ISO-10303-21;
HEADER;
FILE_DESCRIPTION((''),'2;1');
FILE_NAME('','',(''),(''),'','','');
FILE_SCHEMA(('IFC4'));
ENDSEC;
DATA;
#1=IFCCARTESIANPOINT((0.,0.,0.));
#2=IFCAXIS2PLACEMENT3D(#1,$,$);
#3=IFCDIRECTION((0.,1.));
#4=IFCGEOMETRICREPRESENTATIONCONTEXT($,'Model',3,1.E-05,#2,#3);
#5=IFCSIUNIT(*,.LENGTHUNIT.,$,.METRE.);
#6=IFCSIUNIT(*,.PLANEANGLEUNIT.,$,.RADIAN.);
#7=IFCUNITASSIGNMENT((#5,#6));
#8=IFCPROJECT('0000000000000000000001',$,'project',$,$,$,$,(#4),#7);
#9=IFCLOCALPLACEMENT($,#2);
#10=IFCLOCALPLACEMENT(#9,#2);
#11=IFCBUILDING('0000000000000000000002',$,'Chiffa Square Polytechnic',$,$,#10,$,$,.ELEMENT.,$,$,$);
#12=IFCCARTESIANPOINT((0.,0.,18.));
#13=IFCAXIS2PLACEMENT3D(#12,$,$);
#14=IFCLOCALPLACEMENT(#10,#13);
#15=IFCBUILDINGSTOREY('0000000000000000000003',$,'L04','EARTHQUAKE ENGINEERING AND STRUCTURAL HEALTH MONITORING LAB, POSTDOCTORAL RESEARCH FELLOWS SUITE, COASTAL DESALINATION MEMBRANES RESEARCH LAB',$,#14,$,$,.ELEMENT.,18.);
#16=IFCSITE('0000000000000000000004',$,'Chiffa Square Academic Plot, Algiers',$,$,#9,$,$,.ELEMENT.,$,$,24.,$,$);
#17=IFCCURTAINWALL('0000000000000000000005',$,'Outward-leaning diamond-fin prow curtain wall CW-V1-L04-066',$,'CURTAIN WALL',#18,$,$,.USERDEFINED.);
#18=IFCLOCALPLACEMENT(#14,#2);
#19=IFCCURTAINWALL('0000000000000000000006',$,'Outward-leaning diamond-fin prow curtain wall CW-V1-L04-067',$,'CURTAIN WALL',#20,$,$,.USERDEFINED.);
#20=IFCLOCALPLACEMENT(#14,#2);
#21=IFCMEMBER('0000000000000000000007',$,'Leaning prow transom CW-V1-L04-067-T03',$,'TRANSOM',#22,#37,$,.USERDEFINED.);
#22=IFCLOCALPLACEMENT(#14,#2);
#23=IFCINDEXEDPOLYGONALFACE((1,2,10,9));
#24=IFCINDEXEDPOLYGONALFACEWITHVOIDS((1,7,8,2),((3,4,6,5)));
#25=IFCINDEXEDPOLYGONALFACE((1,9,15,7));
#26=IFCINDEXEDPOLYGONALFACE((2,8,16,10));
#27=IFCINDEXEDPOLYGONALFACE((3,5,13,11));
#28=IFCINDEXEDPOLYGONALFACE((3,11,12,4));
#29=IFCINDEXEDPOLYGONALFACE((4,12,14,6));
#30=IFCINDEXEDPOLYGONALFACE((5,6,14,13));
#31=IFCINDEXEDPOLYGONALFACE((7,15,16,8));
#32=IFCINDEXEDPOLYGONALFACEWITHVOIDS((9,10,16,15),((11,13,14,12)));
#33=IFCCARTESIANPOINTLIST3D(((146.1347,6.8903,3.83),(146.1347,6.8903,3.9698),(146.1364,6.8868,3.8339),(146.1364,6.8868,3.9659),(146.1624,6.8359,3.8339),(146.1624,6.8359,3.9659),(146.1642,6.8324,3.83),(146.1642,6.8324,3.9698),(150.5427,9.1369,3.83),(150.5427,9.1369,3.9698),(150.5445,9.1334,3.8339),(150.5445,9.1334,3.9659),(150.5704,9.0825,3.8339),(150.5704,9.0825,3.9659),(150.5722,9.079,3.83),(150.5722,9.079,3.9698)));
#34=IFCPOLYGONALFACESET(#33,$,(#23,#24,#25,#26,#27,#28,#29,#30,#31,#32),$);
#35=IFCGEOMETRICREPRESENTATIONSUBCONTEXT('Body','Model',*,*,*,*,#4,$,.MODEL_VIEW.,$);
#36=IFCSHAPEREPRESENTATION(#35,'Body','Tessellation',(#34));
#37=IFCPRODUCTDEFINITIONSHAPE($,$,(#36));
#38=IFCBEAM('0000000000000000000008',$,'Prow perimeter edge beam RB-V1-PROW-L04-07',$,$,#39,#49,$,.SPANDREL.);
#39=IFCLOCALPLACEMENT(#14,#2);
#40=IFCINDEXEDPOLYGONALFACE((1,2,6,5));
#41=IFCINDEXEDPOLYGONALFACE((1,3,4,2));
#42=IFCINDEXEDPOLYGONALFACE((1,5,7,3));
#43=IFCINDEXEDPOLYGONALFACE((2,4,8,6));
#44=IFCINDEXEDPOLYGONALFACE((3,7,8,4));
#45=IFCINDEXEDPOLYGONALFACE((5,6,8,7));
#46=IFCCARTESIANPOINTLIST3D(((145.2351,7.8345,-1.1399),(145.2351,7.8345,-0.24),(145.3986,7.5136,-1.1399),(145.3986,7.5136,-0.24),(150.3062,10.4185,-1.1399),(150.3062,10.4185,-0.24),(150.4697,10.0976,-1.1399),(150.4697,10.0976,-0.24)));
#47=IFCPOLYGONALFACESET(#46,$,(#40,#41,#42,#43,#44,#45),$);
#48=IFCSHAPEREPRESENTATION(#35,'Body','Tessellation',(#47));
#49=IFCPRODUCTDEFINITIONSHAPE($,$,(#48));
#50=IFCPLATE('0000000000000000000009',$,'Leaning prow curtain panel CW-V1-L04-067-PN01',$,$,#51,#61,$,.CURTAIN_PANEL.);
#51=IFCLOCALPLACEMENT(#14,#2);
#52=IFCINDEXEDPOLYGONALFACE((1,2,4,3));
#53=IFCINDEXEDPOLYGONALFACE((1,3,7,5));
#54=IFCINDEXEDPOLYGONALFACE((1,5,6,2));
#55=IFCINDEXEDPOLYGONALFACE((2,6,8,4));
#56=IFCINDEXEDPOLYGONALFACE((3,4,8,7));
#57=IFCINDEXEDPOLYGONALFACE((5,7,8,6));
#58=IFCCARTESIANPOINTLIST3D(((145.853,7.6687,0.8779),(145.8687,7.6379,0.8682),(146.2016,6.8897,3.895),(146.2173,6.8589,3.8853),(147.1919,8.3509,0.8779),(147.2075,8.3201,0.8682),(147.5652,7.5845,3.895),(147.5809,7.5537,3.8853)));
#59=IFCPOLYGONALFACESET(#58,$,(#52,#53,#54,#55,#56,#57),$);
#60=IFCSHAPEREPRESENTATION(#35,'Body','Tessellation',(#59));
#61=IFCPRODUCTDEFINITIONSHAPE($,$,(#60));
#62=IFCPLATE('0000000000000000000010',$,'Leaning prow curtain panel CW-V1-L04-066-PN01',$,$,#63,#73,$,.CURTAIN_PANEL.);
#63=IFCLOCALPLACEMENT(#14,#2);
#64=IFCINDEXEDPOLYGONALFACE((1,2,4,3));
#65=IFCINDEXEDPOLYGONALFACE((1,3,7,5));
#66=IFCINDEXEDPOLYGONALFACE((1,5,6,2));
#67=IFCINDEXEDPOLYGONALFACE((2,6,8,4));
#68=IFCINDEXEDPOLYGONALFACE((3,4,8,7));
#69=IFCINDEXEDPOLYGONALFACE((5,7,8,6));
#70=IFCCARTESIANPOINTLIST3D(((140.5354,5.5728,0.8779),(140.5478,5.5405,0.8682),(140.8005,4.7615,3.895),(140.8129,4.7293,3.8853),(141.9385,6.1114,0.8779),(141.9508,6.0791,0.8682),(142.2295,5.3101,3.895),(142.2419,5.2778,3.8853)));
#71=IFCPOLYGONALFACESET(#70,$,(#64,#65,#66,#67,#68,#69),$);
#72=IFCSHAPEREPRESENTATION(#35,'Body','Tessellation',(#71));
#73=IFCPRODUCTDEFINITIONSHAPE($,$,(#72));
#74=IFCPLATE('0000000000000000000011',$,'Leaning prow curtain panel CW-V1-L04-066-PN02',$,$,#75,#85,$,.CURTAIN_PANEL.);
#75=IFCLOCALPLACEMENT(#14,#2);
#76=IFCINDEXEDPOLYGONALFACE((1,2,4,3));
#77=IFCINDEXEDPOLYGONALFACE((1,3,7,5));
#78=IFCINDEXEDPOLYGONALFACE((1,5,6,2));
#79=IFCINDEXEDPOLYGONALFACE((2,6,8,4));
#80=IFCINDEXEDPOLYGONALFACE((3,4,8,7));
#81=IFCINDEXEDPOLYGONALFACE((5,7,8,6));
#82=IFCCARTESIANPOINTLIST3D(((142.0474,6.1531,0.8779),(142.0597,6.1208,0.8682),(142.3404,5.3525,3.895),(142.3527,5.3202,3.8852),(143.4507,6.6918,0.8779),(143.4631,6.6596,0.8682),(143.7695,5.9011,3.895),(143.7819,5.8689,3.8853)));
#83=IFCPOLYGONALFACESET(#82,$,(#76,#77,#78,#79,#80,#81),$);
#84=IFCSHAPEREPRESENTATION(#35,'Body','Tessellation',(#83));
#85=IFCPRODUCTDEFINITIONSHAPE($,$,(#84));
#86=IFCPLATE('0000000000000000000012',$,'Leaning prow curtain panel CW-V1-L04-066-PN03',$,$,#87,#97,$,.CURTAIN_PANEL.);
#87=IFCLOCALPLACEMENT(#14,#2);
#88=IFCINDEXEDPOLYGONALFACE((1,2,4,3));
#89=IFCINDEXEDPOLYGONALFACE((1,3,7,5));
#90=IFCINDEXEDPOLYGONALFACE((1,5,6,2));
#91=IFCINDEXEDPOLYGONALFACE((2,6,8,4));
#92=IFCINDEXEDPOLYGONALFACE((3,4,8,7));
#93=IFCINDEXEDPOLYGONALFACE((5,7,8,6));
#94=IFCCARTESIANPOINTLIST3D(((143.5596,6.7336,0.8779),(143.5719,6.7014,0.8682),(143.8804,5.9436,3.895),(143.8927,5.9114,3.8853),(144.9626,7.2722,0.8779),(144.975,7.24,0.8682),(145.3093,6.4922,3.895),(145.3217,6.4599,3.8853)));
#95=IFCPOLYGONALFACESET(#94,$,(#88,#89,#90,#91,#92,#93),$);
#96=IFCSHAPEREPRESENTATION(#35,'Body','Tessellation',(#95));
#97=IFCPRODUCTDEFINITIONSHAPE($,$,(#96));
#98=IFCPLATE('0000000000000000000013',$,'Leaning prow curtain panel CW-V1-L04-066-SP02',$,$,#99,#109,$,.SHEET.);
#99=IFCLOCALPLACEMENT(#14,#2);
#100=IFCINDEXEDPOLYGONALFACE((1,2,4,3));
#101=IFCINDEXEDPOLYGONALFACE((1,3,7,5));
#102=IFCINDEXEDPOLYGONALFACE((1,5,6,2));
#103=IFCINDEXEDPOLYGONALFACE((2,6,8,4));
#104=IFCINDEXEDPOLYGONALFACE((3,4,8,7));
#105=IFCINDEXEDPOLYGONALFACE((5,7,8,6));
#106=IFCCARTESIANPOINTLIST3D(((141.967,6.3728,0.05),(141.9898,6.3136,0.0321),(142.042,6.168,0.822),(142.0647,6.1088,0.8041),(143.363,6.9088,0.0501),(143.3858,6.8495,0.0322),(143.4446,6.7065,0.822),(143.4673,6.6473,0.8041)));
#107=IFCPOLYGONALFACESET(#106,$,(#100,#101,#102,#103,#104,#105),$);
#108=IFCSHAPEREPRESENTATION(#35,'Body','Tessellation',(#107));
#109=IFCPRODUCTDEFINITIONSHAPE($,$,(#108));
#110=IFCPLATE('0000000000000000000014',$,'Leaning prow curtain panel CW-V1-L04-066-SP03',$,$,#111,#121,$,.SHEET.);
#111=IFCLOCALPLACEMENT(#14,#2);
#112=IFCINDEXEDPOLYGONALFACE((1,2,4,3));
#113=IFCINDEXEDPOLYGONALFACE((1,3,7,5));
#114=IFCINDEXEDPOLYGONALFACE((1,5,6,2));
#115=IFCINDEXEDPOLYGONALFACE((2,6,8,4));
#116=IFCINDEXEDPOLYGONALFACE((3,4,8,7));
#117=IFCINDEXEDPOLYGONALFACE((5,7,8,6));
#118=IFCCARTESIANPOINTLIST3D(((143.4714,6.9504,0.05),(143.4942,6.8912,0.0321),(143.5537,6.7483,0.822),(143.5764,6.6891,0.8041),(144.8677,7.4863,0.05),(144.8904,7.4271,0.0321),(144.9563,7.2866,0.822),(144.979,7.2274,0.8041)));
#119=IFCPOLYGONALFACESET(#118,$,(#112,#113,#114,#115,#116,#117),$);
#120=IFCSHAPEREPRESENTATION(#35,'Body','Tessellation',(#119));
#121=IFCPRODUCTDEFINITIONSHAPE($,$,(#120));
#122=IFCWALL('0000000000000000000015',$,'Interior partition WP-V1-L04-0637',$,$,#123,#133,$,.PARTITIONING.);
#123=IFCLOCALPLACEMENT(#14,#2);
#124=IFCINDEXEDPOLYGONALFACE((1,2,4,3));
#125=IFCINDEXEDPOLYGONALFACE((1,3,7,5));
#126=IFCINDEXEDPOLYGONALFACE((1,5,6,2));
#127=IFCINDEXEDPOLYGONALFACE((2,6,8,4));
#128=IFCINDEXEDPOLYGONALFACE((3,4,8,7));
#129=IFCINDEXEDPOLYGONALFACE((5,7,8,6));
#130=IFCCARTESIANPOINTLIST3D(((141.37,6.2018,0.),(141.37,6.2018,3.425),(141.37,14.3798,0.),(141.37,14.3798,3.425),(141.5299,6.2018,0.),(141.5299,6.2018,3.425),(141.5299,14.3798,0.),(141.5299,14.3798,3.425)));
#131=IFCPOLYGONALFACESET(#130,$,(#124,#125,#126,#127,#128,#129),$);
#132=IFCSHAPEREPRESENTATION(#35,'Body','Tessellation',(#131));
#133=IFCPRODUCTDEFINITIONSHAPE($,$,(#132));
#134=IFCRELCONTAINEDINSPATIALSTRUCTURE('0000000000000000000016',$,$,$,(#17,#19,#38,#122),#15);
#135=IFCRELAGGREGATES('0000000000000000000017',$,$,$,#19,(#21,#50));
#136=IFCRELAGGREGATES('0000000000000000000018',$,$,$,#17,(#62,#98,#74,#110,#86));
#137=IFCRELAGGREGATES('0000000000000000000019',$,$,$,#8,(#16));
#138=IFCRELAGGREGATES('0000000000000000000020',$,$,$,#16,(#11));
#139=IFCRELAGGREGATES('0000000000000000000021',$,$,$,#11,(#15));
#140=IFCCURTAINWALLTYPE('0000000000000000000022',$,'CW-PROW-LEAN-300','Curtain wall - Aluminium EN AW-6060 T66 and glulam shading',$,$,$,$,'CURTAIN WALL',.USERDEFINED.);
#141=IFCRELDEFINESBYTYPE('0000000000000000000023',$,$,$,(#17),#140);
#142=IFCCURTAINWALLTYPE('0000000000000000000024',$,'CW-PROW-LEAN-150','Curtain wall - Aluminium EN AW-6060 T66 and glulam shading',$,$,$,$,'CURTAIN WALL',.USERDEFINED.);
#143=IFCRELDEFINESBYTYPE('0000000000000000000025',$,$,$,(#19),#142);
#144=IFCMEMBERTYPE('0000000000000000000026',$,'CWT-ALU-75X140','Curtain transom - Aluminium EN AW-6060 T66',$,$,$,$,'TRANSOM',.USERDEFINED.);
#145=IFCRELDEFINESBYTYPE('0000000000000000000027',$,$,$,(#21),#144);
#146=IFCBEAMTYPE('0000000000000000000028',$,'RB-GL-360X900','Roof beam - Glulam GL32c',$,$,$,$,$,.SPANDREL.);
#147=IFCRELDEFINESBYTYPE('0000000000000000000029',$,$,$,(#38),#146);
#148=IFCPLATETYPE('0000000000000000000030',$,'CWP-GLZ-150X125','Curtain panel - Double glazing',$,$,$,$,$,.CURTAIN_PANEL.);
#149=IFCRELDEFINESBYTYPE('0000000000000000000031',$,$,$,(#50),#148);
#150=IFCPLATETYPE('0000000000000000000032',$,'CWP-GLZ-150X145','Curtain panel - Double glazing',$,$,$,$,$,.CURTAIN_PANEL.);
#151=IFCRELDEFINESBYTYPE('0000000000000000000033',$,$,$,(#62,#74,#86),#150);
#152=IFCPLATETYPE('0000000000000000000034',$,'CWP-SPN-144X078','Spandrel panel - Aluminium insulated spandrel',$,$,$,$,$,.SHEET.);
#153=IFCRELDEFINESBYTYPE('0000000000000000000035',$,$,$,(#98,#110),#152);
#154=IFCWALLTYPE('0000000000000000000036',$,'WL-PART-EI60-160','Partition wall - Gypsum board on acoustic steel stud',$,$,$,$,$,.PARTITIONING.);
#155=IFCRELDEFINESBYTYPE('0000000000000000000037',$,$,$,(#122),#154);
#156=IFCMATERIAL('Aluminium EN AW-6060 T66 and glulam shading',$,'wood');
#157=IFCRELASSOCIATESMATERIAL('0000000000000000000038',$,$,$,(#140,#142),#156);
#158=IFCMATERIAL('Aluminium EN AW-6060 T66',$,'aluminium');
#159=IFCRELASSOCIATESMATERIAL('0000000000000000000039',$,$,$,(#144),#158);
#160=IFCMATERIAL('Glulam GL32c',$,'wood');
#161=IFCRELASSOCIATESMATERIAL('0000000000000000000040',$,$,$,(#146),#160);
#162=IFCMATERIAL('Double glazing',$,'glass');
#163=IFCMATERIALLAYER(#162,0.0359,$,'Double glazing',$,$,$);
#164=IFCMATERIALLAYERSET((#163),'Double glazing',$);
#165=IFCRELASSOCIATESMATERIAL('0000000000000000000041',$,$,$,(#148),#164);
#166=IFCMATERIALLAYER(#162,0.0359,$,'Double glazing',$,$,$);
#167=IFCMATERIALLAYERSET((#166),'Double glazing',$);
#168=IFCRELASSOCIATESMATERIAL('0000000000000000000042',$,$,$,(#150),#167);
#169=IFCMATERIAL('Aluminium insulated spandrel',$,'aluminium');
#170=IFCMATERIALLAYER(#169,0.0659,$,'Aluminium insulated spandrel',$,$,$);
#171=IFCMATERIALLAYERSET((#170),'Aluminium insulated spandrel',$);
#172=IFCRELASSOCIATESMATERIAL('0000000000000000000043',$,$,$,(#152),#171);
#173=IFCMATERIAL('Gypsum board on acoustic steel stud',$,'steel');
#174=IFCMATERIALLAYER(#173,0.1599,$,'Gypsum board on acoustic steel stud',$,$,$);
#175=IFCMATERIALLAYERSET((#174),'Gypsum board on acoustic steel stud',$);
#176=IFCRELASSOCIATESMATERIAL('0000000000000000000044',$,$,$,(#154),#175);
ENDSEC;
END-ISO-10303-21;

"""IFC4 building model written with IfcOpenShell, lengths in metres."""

from ifc_helpers import new_model, si_unit, direction, frame, frame_2d, origin, origin_2d, place, context, subcontext, project, spatial, polyline, rectangle, hollow_rectangle, outline, extrude, material, layer, layer_set, material_profile, profile_set, type_object, element, aggregate, save


model = new_model("IFC4")

# Units and contexts
model_context = context("Model", 3, precision=1e-05, world=origin(), true_north=direction((0.0, 1.0)))
body_context = subcontext(model_context, "Body", "Model", "MODEL_VIEW")
ifc_project = project(units=[si_unit("LENGTHUNIT", "METRE"), si_unit("PLANEANGLEUNIT", "RADIAN")], contexts=[model_context])

# Site, building, storey
site_placement = place(None, origin())
site = spatial("IfcSite", under=ifc_project, at=site_placement, Name="Chiffa Square Academic Plot, Algiers", CompositionType="ELEMENT", RefElevation=24.0)
building_placement = place(site_placement, origin())
building = spatial("IfcBuilding", under=site, at=building_placement, Name="Chiffa Square Polytechnic", CompositionType="ELEMENT")
storey_placement = place(building_placement, frame((0.0, 0.0, 18.0)))
storey = spatial("IfcBuildingStorey", under=building, at=storey_placement, Name="L04", Description="EARTHQUAKE ENGINEERING AND STRUCTURAL HEALTH MONITORING LAB, POSTDOCTORAL RESEARCH FELLOWS SUITE, COASTAL DESALINATION MEMBRANES RESEARCH LAB", CompositionType="ELEMENT", Elevation=18.0)

# Shared definitions
ifc_material_1 = material(Name="Glulam GL32c", Category="wood")

# Curtain walls
ifc_material_2 = material(Name="Aluminium EN AW-6060 T66 and glulam shading", Category="wood")
curtain_wall_type_1 = type_object("IfcCurtainWallType", Name="CW-PROW-LEAN-300", Description="Curtain wall - Aluminium EN AW-6060 T66 and glulam shading", ElementType="CURTAIN WALL", PredefinedType="USERDEFINED", material=ifc_material_2)
curtain_wall_1_placement = place(storey_placement, origin())
curtain_wall_1 = element("IfcCurtainWall", 1, at=curtain_wall_1_placement, inside=storey, type_object=curtain_wall_type_1, Name="Outward-leaning diamond-fin prow curtain wall CW-V1-L04-066", ObjectType="CURTAIN WALL", PredefinedType="USERDEFINED")
ifc_material_3 = material(Name="Aluminium EN AW-6060 T66", Category="aluminium")
curtain_wall_type_2 = type_object("IfcCurtainWallType", Name="CW-PROW-LEAN-150", Description="Curtain wall - Aluminium EN AW-6060 T66 and glulam shading", ElementType="CURTAIN WALL", PredefinedType="USERDEFINED", material=ifc_material_2)
curtain_wall_2_placement = place(storey_placement, origin())
curtain_wall_2 = element("IfcCurtainWall", 2, at=curtain_wall_2_placement, inside=storey, type_object=curtain_wall_type_2, Name="Outward-leaning diamond-fin prow curtain wall CW-V1-L04-067", ObjectType="CURTAIN WALL", PredefinedType="USERDEFINED")

# Member
ifc_material_profile_1 = material_profile(ifc_material_3, hollow_rectangle(XDim=0.0649, YDim=0.1399, WallThickness=0.0039, at=origin_2d()), Name="ALU 65x140x4")
ifc_profile_set_1 = profile_set([ifc_material_profile_1], Name="Aluminium EN AW-6060 T66")
member_type_1 = type_object("IfcMemberType", Name="CWT-ALU-75X140", Description="Curtain transom - Aluminium EN AW-6060 T66", ElementType="TRANSOM", PredefinedType="USERDEFINED", material=ifc_profile_set_1)
member_1_placement = place(storey_placement, frame((146.1494, 6.8613, 3.8999), z_axis=(0.890956, 0.454089, 0.0), x_axis=(-0.454089, 0.890956, 0.0)))
member_1 = element("IfcMember", 3, at=member_1_placement, type_object=member_type_1, Name="Leaning prow transom CW-V1-L04-067-T03", ObjectType="TRANSOM", PredefinedType="USERDEFINED", context=body_context, shape_type="SweptSolid", body=[
    extrude(hollow_rectangle(XDim=0.0649, YDim=0.1399, WallThickness=0.0039, at=origin_2d()), origin(), (0.0, 0.0, 1.0), 4.9475),
])

# Beam
ifc_material_profile_2 = material_profile(ifc_material_1, rectangle(XDim=0.3601, YDim=0.8999, at=origin_2d()), Name="GL32c 360x900")
ifc_profile_set_2 = profile_set([ifc_material_profile_2], Name="Glulam GL32c")
beam_type_1 = type_object("IfcBeamType", Name="RB-GL-360X900", Description="Roof beam - Glulam GL32c", PredefinedType="SPANDREL", material=ifc_profile_set_2)
beam_1_placement = place(storey_placement, frame((145.3169, 7.6741, -0.6899), z_axis=(0.890995, 0.454013, 0.0), x_axis=(-0.454013, 0.890995, 0.0)))
element("IfcBeam", 4, at=beam_1_placement, inside=storey, type_object=beam_type_1, Name="Prow perimeter edge beam RB-V1-PROW-L04-07", PredefinedType="SPANDREL", context=body_context, shape_type="SweptSolid", body=[
    extrude(rectangle(XDim=0.3601, YDim=0.8999, at=origin_2d()), origin(), (0.0, 0.0, 1.0), 5.6914),
])

# Plates
ifc_material_4 = material(Name="Double glazing", Category="glass")
ifc_layer_1 = layer(ifc_material_4, 0.0359, Name="Double glazing")
ifc_layer_set_1 = layer_set([ifc_layer_1], Name="Double glazing")
plate_type_1 = type_object("IfcPlateType", Name="CWP-GLZ-150X125", Description="Curtain panel - Double glazing", PredefinedType="CURTAIN_PANEL", material=ifc_layer_set_1)
plate_1_placement = place(storey_placement, frame((145.853, 7.6687, 0.8779), z_axis=(-0.436894, 0.857444, 0.271869), x_axis=(0.891006, 0.453992, 0.00001)))
plate_1 = element("IfcPlate", 5, at=plate_1_placement, type_object=plate_type_1, Name="Leaning prow curtain panel CW-V1-L04-067-PN01", PredefinedType="CURTAIN_PANEL", context=body_context, shape_type="SweptSolid", body=[
    extrude(outline(polyline([(0.0, 0.0), (1.5026, 0.0), (1.4873, -3.1352), (-0.043, -3.1352), (0.0, 0.0)])), origin(), (0.0, 0.0, -1.0), 0.0359),
])
aggregate(curtain_wall_2, [member_1, plate_1])
ifc_layer_2 = layer(ifc_material_4, 0.0359, Name="Double glazing")
ifc_layer_set_2 = layer_set([ifc_layer_2], Name="Double glazing")
plate_type_2 = type_object("IfcPlateType", Name="CWP-GLZ-150X145", Description="Curtain panel - Double glazing", PredefinedType="CURTAIN_PANEL", material=ifc_layer_set_2)
plate_2_placement = place(storey_placement, frame((140.5354, 5.5728, 0.8779), z_axis=(-0.344881, 0.89841, 0.271874), x_axis=(0.933576, 0.358379, 0.000006)))
plate_2 = element("IfcPlate", 6, at=plate_2_placement, type_object=plate_type_2, Name="Leaning prow curtain panel CW-V1-L04-066-PN01", PredefinedType="CURTAIN_PANEL", context=body_context, shape_type="SweptSolid", body=[
    extrude(outline(polyline([(0.0, 0.0), (1.5029, 0.0), (1.4874, -3.1352), (-0.0432, -3.1352), (0.0, 0.0)])), origin(), (0.0, 0.0, -1.0), 0.0359),
])
plate_3_placement = place(storey_placement, frame((142.0474, 6.1531, 0.8779), z_axis=(-0.344895, 0.8984, 0.271892), x_axis=(0.933568, 0.3584, -0.000014)))
plate_3 = element("IfcPlate", 7, at=plate_3_placement, type_object=plate_type_2, Name="Leaning prow curtain panel CW-V1-L04-066-PN02", PredefinedType="CURTAIN_PANEL", context=body_context, shape_type="SweptSolid", body=[
    extrude(outline(polyline([(0.0, 0.0), (1.5032, 0.0), (1.5174, -3.1352), (-0.0134, -3.1352), (0.0, 0.0)])), origin(), (0.0, 0.0, -1.0), 0.0359),
])
plate_4_placement = place(storey_placement, frame((143.5596, 6.7336, 0.8779), z_axis=(-0.344878, 0.898401, 0.271909), x_axis=(0.933576, 0.358379, 0.000006)))
plate_4 = element("IfcPlate", 8, at=plate_4_placement, type_object=plate_type_2, Name="Leaning prow curtain panel CW-V1-L04-066-PN03", PredefinedType="CURTAIN_PANEL", context=body_context, shape_type="SweptSolid", body=[
    extrude(outline(polyline([(0.0, 0.0), (1.5029, 0.0), (1.547, -3.1352), (0.0164, -3.1352), (0.0, 0.0)])), origin(), (0.0, 0.0, -1.0), 0.0359),
])
ifc_material_5 = material(Name="Aluminium insulated spandrel", Category="aluminium")
ifc_layer_3 = layer(ifc_material_5, 0.0659, Name="Aluminium insulated spandrel")
ifc_layer_set_3 = layer_set([ifc_layer_3], Name="Aluminium insulated spandrel")
plate_type_3 = type_object("IfcPlateType", Name="CWP-SPN-144X078", Description="Spandrel panel - Aluminium insulated spandrel", PredefinedType="SHEET", material=ifc_layer_set_3)
plate_5_placement = place(storey_placement, frame((141.967, 6.3728, 0.05), z_axis=(-0.344931, 0.898419, 0.271784), x_axis=(0.933561, 0.358419, 0.000013)))
plate_5 = element("IfcPlate", 9, at=plate_5_placement, type_object=plate_type_3, Name="Leaning prow curtain panel CW-V1-L04-066-SP02", PredefinedType="SHEET", context=body_context, shape_type="SweptSolid", body=[
    extrude(outline(polyline([(0.0, 0.0), (1.4953, 0.0), (1.499, -0.8021), (-0.0034, -0.8022), (0.0, 0.0)])), origin(), (0.0, 0.0, -1.0), 0.0659),
])
plate_6_placement = place(storey_placement, frame((143.4714, 6.9504, 0.05), z_axis=(-0.344814, 0.898398, 0.272001), x_axis=(0.933597, 0.358324, 0.0)))
plate_6 = element("IfcPlate", 10, at=plate_6_placement, type_object=plate_type_3, Name="Leaning prow curtain panel CW-V1-L04-066-SP03", PredefinedType="SHEET", context=body_context, shape_type="SweptSolid", body=[
    extrude(outline(polyline([(0.0, 0.0), (1.4955, 0.0), (1.5067, -0.8022), (0.0044, -0.8022), (0.0, 0.0)])), origin(), (0.0, 0.0, -1.0), 0.0659),
])
aggregate(curtain_wall_1, [plate_2, plate_5, plate_3, plate_6, plate_4])

# Wall
ifc_material_6 = material(Name="Gypsum board on acoustic steel stud", Category="steel")
ifc_layer_4 = layer(ifc_material_6, 0.1599, Name="Gypsum board on acoustic steel stud")
ifc_layer_set_4 = layer_set([ifc_layer_4], Name="Gypsum board on acoustic steel stud")
wall_type = type_object("IfcWallType", Name="WL-PART-EI60-160", Description="Partition wall - Gypsum board on acoustic steel stud", PredefinedType="PARTITIONING", material=ifc_layer_set_4)
wall_placement = place(storey_placement, frame((141.45, 6.2019, 0.0), z_axis=(0.0, 0.0, 1.0), x_axis=(0.0, 1.0, 0.0)))
element("IfcWall", 11, at=wall_placement, inside=storey, type_object=wall_type, Name="Interior partition WP-V1-L04-0637", PredefinedType="PARTITIONING", context=body_context, shape_type="SweptSolid", body=[
    extrude(rectangle(XDim=8.178, YDim=0.1599, at=frame_2d((4.0889, 0.0))), origin(), (0.0, 0.0, 1.0), 3.425),
])

save(model, "model.ifc")
